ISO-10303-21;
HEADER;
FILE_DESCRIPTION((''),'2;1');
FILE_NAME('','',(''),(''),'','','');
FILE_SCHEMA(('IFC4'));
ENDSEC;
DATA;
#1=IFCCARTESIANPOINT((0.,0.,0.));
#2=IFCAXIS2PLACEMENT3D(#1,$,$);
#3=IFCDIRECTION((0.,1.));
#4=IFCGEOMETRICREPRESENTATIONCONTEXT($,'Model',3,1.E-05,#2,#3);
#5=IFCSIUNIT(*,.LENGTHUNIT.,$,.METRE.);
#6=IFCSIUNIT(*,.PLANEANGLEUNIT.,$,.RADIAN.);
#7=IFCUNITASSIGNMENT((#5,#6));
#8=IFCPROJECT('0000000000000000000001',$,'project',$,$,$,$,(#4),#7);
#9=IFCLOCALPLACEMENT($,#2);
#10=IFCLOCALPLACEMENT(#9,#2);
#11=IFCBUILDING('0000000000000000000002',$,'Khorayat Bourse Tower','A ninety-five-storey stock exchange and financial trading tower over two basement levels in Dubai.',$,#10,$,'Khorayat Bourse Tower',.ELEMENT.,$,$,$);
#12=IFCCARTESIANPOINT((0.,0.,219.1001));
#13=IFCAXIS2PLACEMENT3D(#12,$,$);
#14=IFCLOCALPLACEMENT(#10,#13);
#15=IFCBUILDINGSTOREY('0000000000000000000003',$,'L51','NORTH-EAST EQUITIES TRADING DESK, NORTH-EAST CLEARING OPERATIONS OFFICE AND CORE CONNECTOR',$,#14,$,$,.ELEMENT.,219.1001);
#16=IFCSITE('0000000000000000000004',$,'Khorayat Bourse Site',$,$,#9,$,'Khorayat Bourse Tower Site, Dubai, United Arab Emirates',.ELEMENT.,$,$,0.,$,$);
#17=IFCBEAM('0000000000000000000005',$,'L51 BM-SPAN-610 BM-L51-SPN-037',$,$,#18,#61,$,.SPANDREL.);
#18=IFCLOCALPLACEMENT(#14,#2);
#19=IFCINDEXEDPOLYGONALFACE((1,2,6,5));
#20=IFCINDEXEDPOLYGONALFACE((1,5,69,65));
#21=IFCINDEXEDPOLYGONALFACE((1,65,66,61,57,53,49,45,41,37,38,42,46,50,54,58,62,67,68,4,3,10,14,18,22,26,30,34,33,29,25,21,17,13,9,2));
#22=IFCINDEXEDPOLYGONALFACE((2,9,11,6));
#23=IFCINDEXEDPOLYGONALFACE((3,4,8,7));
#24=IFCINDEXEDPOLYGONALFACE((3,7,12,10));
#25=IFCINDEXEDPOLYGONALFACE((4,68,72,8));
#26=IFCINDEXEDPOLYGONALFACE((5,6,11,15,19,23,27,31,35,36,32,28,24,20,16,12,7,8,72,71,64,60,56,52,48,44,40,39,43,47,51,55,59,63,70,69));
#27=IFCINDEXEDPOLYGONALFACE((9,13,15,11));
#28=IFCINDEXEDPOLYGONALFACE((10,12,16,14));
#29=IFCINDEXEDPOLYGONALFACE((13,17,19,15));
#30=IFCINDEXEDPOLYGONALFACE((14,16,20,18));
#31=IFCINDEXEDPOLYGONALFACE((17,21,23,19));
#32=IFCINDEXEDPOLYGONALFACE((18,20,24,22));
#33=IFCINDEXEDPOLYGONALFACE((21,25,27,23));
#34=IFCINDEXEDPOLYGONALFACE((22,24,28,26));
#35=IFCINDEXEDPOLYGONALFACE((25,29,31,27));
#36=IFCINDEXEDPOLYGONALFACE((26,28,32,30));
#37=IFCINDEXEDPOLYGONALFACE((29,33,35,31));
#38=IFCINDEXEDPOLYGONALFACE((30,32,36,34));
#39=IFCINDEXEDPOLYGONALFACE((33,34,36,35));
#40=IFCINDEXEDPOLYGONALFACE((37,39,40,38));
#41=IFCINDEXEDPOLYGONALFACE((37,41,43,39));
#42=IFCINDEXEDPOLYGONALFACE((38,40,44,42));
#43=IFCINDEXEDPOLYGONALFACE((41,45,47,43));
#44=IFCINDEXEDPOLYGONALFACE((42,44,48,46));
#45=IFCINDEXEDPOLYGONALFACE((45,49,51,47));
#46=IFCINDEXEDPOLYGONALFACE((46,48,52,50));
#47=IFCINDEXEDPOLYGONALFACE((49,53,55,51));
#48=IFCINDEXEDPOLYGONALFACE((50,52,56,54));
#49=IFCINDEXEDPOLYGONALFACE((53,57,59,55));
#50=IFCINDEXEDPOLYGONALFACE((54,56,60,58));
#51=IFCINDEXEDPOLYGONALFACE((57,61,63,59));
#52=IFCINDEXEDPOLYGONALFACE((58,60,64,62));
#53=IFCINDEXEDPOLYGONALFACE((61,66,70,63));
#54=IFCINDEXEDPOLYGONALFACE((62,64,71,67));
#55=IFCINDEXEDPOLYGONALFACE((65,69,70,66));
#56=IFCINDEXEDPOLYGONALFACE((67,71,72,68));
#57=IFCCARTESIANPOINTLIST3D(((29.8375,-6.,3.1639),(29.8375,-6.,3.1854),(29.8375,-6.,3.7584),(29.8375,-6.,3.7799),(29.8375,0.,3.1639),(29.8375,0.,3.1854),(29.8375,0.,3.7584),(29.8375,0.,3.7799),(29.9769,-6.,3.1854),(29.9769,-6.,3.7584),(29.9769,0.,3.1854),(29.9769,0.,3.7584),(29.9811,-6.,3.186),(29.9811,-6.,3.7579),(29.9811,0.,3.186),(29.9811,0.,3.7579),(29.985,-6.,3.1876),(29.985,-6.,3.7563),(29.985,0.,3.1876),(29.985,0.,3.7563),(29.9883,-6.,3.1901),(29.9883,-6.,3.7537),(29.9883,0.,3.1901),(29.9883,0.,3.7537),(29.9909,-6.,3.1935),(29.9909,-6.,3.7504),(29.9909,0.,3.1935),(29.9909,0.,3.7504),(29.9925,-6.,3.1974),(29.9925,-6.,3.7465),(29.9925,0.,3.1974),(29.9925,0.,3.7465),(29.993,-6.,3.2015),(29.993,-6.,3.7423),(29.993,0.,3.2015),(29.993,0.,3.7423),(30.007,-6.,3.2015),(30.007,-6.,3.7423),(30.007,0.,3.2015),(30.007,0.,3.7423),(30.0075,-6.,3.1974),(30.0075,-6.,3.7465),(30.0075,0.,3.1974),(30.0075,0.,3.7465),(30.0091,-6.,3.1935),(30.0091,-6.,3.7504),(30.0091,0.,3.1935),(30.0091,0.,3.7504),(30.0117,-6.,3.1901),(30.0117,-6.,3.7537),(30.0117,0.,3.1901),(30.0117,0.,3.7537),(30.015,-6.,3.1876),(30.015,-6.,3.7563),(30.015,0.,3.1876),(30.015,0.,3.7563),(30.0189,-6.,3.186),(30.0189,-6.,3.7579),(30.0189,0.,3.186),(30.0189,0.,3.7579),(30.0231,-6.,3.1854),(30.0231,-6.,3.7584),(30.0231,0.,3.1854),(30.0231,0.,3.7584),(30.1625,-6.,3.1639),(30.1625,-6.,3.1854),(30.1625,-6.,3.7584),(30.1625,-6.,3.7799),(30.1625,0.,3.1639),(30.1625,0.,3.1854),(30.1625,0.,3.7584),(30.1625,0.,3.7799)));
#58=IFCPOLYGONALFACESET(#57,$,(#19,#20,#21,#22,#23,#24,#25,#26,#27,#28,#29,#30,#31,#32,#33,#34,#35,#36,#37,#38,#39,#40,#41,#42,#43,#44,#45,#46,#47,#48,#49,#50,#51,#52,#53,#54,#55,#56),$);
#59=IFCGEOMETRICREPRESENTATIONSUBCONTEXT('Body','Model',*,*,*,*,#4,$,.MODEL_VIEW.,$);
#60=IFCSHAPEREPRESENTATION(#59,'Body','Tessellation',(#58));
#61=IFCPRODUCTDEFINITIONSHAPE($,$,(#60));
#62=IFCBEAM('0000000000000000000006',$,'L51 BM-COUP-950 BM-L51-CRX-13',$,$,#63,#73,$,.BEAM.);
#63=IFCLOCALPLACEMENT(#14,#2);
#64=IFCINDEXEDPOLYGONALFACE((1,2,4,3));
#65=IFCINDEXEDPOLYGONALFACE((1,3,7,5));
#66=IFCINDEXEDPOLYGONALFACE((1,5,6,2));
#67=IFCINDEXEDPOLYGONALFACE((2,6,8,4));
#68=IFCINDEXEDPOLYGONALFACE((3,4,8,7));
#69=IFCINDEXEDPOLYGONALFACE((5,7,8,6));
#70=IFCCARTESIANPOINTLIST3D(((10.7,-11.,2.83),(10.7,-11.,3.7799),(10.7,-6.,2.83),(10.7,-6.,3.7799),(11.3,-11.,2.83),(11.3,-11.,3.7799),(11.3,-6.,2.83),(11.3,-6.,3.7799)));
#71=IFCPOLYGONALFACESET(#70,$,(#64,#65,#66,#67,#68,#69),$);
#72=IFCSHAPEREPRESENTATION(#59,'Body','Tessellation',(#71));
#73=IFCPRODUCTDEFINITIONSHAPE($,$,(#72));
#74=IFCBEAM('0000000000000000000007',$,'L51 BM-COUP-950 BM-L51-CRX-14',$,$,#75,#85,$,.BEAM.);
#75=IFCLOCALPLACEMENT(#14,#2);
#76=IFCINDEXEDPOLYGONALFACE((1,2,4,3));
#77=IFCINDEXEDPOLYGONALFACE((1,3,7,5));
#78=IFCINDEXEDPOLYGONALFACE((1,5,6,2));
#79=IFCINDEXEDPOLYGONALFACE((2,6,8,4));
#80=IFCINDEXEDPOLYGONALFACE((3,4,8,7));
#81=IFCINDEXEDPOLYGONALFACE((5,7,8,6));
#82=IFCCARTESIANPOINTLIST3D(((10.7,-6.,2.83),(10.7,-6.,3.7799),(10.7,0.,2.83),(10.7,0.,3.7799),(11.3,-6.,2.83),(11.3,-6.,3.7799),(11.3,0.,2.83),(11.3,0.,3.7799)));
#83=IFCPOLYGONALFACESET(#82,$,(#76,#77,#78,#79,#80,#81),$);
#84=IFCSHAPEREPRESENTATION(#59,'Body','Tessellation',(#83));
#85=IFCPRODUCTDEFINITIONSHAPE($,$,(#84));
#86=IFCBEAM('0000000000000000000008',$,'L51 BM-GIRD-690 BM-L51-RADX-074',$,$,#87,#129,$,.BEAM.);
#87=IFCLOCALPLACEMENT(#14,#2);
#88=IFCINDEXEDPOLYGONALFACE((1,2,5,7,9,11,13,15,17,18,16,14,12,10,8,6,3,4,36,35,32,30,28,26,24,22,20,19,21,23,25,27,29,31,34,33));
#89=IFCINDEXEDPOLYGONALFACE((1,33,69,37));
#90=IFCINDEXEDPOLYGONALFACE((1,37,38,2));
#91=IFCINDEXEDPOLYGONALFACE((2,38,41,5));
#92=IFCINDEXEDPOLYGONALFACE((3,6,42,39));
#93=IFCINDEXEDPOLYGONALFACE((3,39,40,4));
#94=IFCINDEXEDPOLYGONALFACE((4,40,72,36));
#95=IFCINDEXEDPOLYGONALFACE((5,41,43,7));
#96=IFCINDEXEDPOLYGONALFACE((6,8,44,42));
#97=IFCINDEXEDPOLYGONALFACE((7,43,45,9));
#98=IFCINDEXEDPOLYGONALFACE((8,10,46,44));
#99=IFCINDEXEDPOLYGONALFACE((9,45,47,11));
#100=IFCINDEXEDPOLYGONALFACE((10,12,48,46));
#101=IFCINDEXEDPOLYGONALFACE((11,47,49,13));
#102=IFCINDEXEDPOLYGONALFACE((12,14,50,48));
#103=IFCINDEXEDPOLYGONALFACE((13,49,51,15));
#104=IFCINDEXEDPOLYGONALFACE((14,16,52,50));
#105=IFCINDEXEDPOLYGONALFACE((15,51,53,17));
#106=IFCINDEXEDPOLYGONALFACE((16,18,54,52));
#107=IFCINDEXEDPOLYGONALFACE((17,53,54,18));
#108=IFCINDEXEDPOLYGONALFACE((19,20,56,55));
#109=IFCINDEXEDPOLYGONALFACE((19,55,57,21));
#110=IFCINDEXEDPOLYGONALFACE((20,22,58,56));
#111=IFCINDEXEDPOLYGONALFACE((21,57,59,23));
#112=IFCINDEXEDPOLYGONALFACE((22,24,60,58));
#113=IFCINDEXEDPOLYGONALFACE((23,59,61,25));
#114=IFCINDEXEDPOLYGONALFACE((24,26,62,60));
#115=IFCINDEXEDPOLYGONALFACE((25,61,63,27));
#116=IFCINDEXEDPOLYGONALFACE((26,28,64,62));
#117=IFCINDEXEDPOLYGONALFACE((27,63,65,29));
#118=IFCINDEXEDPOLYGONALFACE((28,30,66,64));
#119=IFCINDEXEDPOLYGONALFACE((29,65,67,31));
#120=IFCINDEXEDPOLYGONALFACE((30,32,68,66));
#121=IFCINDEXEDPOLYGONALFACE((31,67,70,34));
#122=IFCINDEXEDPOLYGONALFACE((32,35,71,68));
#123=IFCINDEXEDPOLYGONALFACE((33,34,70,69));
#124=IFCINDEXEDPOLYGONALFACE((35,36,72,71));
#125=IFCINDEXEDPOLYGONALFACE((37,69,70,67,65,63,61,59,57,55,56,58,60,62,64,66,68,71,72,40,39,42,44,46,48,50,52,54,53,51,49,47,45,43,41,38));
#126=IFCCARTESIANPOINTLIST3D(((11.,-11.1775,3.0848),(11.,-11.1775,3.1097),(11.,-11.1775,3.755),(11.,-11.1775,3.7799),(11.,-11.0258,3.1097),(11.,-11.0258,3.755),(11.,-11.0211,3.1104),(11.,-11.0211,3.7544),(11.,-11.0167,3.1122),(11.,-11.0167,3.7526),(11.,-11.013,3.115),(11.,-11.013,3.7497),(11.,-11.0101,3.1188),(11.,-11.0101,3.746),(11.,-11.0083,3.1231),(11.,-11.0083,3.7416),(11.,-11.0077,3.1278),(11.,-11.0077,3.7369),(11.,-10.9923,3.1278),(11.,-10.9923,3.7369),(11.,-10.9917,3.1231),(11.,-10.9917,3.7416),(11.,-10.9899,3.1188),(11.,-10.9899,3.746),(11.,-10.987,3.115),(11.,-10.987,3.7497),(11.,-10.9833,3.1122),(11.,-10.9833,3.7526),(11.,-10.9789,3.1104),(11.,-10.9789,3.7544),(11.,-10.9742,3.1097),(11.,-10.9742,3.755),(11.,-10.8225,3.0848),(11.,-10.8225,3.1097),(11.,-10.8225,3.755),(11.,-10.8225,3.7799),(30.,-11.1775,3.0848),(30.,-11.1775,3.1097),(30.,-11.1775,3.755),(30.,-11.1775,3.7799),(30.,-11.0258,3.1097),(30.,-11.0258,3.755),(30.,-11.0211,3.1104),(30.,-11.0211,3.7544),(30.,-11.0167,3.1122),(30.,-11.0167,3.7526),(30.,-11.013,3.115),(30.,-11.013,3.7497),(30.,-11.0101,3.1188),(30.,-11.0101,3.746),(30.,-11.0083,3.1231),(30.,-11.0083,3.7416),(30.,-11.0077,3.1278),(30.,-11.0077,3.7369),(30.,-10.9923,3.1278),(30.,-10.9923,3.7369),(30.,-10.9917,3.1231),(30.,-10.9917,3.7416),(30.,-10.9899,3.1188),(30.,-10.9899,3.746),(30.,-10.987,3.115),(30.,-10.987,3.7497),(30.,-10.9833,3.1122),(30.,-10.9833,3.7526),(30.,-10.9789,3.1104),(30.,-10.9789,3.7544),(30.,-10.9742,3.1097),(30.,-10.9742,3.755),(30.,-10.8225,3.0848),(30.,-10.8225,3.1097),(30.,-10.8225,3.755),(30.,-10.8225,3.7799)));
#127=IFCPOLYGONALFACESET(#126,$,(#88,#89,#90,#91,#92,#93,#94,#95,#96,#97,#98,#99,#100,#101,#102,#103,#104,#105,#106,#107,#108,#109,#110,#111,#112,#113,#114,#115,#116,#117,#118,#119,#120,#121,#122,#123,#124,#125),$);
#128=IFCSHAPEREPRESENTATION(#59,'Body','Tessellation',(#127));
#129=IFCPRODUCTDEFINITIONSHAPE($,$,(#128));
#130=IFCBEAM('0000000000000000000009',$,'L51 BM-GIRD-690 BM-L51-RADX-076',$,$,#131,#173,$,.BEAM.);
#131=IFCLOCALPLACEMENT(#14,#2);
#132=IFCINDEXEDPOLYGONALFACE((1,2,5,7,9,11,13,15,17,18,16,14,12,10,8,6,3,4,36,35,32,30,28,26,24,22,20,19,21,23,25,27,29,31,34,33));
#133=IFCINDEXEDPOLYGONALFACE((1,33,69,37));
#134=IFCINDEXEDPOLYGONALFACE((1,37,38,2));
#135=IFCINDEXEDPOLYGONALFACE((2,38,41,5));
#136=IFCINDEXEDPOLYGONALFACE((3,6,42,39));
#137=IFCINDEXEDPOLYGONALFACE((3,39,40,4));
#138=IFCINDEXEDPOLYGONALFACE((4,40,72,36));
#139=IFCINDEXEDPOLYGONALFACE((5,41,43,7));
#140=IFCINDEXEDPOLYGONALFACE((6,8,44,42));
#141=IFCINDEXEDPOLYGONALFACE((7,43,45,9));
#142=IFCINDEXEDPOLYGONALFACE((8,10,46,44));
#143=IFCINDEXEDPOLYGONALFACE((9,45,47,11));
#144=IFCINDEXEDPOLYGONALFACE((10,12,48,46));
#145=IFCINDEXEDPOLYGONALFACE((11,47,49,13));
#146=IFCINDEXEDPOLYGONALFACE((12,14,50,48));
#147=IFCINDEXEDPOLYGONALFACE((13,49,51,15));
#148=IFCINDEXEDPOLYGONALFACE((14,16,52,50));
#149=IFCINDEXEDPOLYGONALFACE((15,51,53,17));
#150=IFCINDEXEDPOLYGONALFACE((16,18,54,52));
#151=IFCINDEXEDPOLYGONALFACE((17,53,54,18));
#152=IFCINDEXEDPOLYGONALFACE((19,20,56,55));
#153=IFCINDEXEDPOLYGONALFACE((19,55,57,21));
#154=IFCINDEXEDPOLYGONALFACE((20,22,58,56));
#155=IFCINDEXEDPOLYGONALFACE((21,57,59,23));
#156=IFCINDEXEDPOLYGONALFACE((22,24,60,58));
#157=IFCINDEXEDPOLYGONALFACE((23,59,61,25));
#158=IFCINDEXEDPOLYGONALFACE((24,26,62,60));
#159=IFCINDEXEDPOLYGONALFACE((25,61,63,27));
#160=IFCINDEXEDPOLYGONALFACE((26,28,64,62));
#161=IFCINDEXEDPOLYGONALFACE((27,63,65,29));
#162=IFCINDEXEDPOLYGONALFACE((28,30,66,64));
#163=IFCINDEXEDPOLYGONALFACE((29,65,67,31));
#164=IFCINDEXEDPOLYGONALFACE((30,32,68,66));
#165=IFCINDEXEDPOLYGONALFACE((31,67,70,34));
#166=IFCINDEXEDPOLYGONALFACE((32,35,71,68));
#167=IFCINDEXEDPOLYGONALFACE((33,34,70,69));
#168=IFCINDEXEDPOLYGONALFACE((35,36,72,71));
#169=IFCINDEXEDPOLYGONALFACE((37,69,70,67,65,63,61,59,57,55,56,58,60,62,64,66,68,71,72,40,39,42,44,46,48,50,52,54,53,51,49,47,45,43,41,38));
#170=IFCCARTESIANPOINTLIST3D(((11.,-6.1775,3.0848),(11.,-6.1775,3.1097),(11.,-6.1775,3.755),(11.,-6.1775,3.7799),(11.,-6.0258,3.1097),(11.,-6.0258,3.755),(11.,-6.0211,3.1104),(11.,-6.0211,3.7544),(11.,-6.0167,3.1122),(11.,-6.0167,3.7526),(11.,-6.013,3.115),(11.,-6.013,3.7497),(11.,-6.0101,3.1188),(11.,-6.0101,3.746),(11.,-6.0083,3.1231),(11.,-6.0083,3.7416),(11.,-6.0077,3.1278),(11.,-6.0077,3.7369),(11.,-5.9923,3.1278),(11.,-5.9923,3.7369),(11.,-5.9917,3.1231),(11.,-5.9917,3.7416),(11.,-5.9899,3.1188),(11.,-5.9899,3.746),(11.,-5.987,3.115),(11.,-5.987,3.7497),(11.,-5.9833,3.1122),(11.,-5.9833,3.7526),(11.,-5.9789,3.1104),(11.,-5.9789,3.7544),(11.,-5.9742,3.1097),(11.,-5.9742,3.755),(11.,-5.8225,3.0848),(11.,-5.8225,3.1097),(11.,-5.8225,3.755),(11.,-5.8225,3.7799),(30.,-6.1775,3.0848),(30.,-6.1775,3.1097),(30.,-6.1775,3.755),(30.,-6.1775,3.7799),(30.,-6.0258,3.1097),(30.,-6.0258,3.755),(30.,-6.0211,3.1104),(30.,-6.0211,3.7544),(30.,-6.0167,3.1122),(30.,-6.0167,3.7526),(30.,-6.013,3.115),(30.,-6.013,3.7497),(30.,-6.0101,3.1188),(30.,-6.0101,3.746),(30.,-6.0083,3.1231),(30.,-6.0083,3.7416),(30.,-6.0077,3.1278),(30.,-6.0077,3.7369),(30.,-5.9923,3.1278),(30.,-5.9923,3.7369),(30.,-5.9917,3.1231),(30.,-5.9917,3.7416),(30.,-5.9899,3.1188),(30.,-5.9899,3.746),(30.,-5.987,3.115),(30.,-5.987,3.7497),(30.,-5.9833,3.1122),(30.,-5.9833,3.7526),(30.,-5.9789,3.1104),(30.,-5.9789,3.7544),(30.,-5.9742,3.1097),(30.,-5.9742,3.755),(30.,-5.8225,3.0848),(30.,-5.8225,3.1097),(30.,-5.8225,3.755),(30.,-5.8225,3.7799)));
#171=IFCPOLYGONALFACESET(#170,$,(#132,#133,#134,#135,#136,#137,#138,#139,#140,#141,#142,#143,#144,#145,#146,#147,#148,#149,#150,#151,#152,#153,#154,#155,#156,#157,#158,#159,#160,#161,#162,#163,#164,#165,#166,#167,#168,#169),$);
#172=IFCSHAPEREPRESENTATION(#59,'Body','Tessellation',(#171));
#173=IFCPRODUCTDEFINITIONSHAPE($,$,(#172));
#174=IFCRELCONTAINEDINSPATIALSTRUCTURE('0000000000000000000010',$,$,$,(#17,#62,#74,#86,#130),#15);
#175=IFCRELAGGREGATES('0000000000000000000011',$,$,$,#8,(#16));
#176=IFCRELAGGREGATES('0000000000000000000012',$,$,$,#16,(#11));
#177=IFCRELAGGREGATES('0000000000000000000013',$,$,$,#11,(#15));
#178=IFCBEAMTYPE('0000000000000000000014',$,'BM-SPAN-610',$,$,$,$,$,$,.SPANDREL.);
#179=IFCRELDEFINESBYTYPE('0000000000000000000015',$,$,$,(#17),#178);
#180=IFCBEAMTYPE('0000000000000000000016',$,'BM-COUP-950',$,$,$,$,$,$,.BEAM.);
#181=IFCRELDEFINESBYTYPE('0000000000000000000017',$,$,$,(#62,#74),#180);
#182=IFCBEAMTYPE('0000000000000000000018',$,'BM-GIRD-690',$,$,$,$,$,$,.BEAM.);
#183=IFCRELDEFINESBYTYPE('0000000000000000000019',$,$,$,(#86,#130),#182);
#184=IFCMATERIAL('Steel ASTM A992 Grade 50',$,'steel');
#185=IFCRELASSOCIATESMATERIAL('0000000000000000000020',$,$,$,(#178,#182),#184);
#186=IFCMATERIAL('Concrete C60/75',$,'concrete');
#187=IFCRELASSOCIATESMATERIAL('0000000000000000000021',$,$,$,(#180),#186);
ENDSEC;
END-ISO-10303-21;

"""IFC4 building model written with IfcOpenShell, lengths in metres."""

from ifc_helpers import new_model, si_unit, direction, frame, origin, origin_2d, place, context, subcontext, project, spatial, rectangle, i_section, extrude, source, transform, mapped, material, material_profile, profile_set, type_object, element, save


model = new_model("IFC4")

# Units and contexts
model_context = context("Model", 3, precision=1e-05, world=origin(), true_north=direction((0.0, 1.0)))
body_context = subcontext(model_context, "Body", "Model", "MODEL_VIEW")
ifc_project = project(units=[si_unit("LENGTHUNIT", "METRE"), si_unit("PLANEANGLEUNIT", "RADIAN")], contexts=[model_context])

# Site, building, storey
site_placement = place(None, origin())
site = spatial("IfcSite", under=ifc_project, at=site_placement, Name="Khorayat Bourse Site", LongName="Khorayat Bourse Tower Site, Dubai, United Arab Emirates", CompositionType="ELEMENT", RefElevation=0.0)
building_placement = place(site_placement, origin())
building = spatial("IfcBuilding", under=site, at=building_placement, Name="Khorayat Bourse Tower", Description="A ninety-five-storey stock exchange and financial trading tower over two basement levels in Dubai.", LongName="Khorayat Bourse Tower", CompositionType="ELEMENT")
storey_placement = place(building_placement, frame((0.0, 0.0, 219.1001)))
storey = spatial("IfcBuildingStorey", under=building, at=storey_placement, Name="L51", Description="NORTH-EAST EQUITIES TRADING DESK, NORTH-EAST CLEARING OPERATIONS OFFICE AND CORE CONNECTOR", CompositionType="ELEMENT", Elevation=219.1001)

# Shared definitions
ifc_material_1 = material(Name="Concrete C60/75", Category="concrete")

# Beams
ifc_material_2 = material(Name="Steel ASTM A992 Grade 50", Category="steel")
ifc_material_profile_1 = material_profile(ifc_material_2, i_section(OverallWidth=0.325, OverallDepth=0.616, WebThickness=0.0139, FlangeThickness=0.0215, FilletRadius=0.0161, at=origin_2d()), Name="W610X174")
ifc_profile_set_1 = profile_set([ifc_material_profile_1], Name="Steel ASTM A992 Grade 50")
beam_type_1 = type_object("IfcBeamType", Name="BM-SPAN-610", PredefinedType="SPANDREL", material=ifc_profile_set_1)
shared_shape_1 = source(origin(), body_context, "Body", "SweptSolid", [
    extrude(i_section(OverallWidth=0.325, OverallDepth=0.616, WebThickness=0.0139, FlangeThickness=0.0215, FilletRadius=0.0161, at=origin_2d()), origin(), (0.0, 0.0, 1.0), 6.0),
])
beam_1_placement = place(storey_placement, frame((30.0, -6.0, 3.4719), z_axis=(0.0, 1.0, 0.0), x_axis=(-1.0, 0.0, 0.0)))
element("IfcBeam", 1, at=beam_1_placement, inside=storey, type_object=beam_type_1, Name="L51 BM-SPAN-610 BM-L51-SPN-037", PredefinedType="SPANDREL", context=body_context, shape_type="MappedRepresentation", body=[
    mapped(shared_shape_1, transform((0.0, 0.0, 0.0), scale=1.0)),
])
ifc_material_profile_2 = material_profile(ifc_material_1, rectangle(XDim=0.6001, YDim=0.95, at=origin_2d()), Name="RC 600x950")
ifc_profile_set_2 = profile_set([ifc_material_profile_2], Name="Concrete C60/75")
beam_type_2 = type_object("IfcBeamType", Name="BM-COUP-950", PredefinedType="BEAM", material=ifc_profile_set_2)
shared_shape_2 = source(origin(), body_context, "Body", "SweptSolid", [
    extrude(rectangle(XDim=0.6001, YDim=0.95, at=origin_2d()), origin(), (0.0, 0.0, 1.0), 5.0),
])
beam_2_placement = place(storey_placement, frame((11.0, -11.0, 3.3049), z_axis=(0.0, 1.0, 0.0), x_axis=(-1.0, 0.0, 0.0)))
element("IfcBeam", 2, at=beam_2_placement, inside=storey, type_object=beam_type_2, Name="L51 BM-COUP-950 BM-L51-CRX-13", PredefinedType="BEAM", context=body_context, shape_type="MappedRepresentation", body=[
    mapped(shared_shape_2, transform((0.0, 0.0, 0.0), scale=1.0)),
])
shared_shape_3 = source(origin(), body_context, "Body", "SweptSolid", [
    extrude(rectangle(XDim=0.6001, YDim=0.95, at=origin_2d()), origin(), (0.0, 0.0, 1.0), 6.0),
])
beam_3_placement = place(storey_placement, frame((11.0, -6.0, 3.3049), z_axis=(0.0, 1.0, 0.0), x_axis=(-1.0, 0.0, 0.0)))
element("IfcBeam", 3, at=beam_3_placement, inside=storey, type_object=beam_type_2, Name="L51 BM-COUP-950 BM-L51-CRX-14", PredefinedType="BEAM", context=body_context, shape_type="MappedRepresentation", body=[
    mapped(shared_shape_3, transform((0.0, 0.0, 0.0), scale=1.0)),
])
ifc_material_profile_3 = material_profile(ifc_material_2, i_section(OverallWidth=0.355, OverallDepth=0.6951, WebThickness=0.0154, FlangeThickness=0.0249, FilletRadius=0.0181, at=origin_2d()), Name="W690X217")
ifc_profile_set_3 = profile_set([ifc_material_profile_3], Name="Steel ASTM A992 Grade 50")
beam_type_3 = type_object("IfcBeamType", Name="BM-GIRD-690", PredefinedType="BEAM", material=ifc_profile_set_3)
shared_shape_4 = source(origin(), body_context, "Body", "SweptSolid", [
    extrude(i_section(OverallWidth=0.355, OverallDepth=0.6951, WebThickness=0.0154, FlangeThickness=0.0249, FilletRadius=0.0181, at=origin_2d()), origin(), (0.0, 0.0, 1.0), 19.0),
])
for number, where, z_axis, x_axis, name in (
    (4, (11.0, -11.0, 3.4324), (1.0, 0.0, 0.0), (0.0, 1.0, 0.0), "L51 BM-GIRD-690 BM-L51-RADX-074"),
    (5, (11.0, -6.0, 3.4324), (1.0, 0.0, 0.0), (0.0, 1.0, 0.0), "L51 BM-GIRD-690 BM-L51-RADX-076"),
):
    element("IfcBeam", number, at=place(storey_placement, frame(where, z_axis=z_axis, x_axis=x_axis)), inside=storey, type_object=beam_type_3, Name=name, PredefinedType="BEAM", context=body_context, shape_type="MappedRepresentation", body=[
        mapped(shared_shape_4, transform((0.0, 0.0, 0.0), scale=1.0)),
    ])

save(model, "model.ifc")
